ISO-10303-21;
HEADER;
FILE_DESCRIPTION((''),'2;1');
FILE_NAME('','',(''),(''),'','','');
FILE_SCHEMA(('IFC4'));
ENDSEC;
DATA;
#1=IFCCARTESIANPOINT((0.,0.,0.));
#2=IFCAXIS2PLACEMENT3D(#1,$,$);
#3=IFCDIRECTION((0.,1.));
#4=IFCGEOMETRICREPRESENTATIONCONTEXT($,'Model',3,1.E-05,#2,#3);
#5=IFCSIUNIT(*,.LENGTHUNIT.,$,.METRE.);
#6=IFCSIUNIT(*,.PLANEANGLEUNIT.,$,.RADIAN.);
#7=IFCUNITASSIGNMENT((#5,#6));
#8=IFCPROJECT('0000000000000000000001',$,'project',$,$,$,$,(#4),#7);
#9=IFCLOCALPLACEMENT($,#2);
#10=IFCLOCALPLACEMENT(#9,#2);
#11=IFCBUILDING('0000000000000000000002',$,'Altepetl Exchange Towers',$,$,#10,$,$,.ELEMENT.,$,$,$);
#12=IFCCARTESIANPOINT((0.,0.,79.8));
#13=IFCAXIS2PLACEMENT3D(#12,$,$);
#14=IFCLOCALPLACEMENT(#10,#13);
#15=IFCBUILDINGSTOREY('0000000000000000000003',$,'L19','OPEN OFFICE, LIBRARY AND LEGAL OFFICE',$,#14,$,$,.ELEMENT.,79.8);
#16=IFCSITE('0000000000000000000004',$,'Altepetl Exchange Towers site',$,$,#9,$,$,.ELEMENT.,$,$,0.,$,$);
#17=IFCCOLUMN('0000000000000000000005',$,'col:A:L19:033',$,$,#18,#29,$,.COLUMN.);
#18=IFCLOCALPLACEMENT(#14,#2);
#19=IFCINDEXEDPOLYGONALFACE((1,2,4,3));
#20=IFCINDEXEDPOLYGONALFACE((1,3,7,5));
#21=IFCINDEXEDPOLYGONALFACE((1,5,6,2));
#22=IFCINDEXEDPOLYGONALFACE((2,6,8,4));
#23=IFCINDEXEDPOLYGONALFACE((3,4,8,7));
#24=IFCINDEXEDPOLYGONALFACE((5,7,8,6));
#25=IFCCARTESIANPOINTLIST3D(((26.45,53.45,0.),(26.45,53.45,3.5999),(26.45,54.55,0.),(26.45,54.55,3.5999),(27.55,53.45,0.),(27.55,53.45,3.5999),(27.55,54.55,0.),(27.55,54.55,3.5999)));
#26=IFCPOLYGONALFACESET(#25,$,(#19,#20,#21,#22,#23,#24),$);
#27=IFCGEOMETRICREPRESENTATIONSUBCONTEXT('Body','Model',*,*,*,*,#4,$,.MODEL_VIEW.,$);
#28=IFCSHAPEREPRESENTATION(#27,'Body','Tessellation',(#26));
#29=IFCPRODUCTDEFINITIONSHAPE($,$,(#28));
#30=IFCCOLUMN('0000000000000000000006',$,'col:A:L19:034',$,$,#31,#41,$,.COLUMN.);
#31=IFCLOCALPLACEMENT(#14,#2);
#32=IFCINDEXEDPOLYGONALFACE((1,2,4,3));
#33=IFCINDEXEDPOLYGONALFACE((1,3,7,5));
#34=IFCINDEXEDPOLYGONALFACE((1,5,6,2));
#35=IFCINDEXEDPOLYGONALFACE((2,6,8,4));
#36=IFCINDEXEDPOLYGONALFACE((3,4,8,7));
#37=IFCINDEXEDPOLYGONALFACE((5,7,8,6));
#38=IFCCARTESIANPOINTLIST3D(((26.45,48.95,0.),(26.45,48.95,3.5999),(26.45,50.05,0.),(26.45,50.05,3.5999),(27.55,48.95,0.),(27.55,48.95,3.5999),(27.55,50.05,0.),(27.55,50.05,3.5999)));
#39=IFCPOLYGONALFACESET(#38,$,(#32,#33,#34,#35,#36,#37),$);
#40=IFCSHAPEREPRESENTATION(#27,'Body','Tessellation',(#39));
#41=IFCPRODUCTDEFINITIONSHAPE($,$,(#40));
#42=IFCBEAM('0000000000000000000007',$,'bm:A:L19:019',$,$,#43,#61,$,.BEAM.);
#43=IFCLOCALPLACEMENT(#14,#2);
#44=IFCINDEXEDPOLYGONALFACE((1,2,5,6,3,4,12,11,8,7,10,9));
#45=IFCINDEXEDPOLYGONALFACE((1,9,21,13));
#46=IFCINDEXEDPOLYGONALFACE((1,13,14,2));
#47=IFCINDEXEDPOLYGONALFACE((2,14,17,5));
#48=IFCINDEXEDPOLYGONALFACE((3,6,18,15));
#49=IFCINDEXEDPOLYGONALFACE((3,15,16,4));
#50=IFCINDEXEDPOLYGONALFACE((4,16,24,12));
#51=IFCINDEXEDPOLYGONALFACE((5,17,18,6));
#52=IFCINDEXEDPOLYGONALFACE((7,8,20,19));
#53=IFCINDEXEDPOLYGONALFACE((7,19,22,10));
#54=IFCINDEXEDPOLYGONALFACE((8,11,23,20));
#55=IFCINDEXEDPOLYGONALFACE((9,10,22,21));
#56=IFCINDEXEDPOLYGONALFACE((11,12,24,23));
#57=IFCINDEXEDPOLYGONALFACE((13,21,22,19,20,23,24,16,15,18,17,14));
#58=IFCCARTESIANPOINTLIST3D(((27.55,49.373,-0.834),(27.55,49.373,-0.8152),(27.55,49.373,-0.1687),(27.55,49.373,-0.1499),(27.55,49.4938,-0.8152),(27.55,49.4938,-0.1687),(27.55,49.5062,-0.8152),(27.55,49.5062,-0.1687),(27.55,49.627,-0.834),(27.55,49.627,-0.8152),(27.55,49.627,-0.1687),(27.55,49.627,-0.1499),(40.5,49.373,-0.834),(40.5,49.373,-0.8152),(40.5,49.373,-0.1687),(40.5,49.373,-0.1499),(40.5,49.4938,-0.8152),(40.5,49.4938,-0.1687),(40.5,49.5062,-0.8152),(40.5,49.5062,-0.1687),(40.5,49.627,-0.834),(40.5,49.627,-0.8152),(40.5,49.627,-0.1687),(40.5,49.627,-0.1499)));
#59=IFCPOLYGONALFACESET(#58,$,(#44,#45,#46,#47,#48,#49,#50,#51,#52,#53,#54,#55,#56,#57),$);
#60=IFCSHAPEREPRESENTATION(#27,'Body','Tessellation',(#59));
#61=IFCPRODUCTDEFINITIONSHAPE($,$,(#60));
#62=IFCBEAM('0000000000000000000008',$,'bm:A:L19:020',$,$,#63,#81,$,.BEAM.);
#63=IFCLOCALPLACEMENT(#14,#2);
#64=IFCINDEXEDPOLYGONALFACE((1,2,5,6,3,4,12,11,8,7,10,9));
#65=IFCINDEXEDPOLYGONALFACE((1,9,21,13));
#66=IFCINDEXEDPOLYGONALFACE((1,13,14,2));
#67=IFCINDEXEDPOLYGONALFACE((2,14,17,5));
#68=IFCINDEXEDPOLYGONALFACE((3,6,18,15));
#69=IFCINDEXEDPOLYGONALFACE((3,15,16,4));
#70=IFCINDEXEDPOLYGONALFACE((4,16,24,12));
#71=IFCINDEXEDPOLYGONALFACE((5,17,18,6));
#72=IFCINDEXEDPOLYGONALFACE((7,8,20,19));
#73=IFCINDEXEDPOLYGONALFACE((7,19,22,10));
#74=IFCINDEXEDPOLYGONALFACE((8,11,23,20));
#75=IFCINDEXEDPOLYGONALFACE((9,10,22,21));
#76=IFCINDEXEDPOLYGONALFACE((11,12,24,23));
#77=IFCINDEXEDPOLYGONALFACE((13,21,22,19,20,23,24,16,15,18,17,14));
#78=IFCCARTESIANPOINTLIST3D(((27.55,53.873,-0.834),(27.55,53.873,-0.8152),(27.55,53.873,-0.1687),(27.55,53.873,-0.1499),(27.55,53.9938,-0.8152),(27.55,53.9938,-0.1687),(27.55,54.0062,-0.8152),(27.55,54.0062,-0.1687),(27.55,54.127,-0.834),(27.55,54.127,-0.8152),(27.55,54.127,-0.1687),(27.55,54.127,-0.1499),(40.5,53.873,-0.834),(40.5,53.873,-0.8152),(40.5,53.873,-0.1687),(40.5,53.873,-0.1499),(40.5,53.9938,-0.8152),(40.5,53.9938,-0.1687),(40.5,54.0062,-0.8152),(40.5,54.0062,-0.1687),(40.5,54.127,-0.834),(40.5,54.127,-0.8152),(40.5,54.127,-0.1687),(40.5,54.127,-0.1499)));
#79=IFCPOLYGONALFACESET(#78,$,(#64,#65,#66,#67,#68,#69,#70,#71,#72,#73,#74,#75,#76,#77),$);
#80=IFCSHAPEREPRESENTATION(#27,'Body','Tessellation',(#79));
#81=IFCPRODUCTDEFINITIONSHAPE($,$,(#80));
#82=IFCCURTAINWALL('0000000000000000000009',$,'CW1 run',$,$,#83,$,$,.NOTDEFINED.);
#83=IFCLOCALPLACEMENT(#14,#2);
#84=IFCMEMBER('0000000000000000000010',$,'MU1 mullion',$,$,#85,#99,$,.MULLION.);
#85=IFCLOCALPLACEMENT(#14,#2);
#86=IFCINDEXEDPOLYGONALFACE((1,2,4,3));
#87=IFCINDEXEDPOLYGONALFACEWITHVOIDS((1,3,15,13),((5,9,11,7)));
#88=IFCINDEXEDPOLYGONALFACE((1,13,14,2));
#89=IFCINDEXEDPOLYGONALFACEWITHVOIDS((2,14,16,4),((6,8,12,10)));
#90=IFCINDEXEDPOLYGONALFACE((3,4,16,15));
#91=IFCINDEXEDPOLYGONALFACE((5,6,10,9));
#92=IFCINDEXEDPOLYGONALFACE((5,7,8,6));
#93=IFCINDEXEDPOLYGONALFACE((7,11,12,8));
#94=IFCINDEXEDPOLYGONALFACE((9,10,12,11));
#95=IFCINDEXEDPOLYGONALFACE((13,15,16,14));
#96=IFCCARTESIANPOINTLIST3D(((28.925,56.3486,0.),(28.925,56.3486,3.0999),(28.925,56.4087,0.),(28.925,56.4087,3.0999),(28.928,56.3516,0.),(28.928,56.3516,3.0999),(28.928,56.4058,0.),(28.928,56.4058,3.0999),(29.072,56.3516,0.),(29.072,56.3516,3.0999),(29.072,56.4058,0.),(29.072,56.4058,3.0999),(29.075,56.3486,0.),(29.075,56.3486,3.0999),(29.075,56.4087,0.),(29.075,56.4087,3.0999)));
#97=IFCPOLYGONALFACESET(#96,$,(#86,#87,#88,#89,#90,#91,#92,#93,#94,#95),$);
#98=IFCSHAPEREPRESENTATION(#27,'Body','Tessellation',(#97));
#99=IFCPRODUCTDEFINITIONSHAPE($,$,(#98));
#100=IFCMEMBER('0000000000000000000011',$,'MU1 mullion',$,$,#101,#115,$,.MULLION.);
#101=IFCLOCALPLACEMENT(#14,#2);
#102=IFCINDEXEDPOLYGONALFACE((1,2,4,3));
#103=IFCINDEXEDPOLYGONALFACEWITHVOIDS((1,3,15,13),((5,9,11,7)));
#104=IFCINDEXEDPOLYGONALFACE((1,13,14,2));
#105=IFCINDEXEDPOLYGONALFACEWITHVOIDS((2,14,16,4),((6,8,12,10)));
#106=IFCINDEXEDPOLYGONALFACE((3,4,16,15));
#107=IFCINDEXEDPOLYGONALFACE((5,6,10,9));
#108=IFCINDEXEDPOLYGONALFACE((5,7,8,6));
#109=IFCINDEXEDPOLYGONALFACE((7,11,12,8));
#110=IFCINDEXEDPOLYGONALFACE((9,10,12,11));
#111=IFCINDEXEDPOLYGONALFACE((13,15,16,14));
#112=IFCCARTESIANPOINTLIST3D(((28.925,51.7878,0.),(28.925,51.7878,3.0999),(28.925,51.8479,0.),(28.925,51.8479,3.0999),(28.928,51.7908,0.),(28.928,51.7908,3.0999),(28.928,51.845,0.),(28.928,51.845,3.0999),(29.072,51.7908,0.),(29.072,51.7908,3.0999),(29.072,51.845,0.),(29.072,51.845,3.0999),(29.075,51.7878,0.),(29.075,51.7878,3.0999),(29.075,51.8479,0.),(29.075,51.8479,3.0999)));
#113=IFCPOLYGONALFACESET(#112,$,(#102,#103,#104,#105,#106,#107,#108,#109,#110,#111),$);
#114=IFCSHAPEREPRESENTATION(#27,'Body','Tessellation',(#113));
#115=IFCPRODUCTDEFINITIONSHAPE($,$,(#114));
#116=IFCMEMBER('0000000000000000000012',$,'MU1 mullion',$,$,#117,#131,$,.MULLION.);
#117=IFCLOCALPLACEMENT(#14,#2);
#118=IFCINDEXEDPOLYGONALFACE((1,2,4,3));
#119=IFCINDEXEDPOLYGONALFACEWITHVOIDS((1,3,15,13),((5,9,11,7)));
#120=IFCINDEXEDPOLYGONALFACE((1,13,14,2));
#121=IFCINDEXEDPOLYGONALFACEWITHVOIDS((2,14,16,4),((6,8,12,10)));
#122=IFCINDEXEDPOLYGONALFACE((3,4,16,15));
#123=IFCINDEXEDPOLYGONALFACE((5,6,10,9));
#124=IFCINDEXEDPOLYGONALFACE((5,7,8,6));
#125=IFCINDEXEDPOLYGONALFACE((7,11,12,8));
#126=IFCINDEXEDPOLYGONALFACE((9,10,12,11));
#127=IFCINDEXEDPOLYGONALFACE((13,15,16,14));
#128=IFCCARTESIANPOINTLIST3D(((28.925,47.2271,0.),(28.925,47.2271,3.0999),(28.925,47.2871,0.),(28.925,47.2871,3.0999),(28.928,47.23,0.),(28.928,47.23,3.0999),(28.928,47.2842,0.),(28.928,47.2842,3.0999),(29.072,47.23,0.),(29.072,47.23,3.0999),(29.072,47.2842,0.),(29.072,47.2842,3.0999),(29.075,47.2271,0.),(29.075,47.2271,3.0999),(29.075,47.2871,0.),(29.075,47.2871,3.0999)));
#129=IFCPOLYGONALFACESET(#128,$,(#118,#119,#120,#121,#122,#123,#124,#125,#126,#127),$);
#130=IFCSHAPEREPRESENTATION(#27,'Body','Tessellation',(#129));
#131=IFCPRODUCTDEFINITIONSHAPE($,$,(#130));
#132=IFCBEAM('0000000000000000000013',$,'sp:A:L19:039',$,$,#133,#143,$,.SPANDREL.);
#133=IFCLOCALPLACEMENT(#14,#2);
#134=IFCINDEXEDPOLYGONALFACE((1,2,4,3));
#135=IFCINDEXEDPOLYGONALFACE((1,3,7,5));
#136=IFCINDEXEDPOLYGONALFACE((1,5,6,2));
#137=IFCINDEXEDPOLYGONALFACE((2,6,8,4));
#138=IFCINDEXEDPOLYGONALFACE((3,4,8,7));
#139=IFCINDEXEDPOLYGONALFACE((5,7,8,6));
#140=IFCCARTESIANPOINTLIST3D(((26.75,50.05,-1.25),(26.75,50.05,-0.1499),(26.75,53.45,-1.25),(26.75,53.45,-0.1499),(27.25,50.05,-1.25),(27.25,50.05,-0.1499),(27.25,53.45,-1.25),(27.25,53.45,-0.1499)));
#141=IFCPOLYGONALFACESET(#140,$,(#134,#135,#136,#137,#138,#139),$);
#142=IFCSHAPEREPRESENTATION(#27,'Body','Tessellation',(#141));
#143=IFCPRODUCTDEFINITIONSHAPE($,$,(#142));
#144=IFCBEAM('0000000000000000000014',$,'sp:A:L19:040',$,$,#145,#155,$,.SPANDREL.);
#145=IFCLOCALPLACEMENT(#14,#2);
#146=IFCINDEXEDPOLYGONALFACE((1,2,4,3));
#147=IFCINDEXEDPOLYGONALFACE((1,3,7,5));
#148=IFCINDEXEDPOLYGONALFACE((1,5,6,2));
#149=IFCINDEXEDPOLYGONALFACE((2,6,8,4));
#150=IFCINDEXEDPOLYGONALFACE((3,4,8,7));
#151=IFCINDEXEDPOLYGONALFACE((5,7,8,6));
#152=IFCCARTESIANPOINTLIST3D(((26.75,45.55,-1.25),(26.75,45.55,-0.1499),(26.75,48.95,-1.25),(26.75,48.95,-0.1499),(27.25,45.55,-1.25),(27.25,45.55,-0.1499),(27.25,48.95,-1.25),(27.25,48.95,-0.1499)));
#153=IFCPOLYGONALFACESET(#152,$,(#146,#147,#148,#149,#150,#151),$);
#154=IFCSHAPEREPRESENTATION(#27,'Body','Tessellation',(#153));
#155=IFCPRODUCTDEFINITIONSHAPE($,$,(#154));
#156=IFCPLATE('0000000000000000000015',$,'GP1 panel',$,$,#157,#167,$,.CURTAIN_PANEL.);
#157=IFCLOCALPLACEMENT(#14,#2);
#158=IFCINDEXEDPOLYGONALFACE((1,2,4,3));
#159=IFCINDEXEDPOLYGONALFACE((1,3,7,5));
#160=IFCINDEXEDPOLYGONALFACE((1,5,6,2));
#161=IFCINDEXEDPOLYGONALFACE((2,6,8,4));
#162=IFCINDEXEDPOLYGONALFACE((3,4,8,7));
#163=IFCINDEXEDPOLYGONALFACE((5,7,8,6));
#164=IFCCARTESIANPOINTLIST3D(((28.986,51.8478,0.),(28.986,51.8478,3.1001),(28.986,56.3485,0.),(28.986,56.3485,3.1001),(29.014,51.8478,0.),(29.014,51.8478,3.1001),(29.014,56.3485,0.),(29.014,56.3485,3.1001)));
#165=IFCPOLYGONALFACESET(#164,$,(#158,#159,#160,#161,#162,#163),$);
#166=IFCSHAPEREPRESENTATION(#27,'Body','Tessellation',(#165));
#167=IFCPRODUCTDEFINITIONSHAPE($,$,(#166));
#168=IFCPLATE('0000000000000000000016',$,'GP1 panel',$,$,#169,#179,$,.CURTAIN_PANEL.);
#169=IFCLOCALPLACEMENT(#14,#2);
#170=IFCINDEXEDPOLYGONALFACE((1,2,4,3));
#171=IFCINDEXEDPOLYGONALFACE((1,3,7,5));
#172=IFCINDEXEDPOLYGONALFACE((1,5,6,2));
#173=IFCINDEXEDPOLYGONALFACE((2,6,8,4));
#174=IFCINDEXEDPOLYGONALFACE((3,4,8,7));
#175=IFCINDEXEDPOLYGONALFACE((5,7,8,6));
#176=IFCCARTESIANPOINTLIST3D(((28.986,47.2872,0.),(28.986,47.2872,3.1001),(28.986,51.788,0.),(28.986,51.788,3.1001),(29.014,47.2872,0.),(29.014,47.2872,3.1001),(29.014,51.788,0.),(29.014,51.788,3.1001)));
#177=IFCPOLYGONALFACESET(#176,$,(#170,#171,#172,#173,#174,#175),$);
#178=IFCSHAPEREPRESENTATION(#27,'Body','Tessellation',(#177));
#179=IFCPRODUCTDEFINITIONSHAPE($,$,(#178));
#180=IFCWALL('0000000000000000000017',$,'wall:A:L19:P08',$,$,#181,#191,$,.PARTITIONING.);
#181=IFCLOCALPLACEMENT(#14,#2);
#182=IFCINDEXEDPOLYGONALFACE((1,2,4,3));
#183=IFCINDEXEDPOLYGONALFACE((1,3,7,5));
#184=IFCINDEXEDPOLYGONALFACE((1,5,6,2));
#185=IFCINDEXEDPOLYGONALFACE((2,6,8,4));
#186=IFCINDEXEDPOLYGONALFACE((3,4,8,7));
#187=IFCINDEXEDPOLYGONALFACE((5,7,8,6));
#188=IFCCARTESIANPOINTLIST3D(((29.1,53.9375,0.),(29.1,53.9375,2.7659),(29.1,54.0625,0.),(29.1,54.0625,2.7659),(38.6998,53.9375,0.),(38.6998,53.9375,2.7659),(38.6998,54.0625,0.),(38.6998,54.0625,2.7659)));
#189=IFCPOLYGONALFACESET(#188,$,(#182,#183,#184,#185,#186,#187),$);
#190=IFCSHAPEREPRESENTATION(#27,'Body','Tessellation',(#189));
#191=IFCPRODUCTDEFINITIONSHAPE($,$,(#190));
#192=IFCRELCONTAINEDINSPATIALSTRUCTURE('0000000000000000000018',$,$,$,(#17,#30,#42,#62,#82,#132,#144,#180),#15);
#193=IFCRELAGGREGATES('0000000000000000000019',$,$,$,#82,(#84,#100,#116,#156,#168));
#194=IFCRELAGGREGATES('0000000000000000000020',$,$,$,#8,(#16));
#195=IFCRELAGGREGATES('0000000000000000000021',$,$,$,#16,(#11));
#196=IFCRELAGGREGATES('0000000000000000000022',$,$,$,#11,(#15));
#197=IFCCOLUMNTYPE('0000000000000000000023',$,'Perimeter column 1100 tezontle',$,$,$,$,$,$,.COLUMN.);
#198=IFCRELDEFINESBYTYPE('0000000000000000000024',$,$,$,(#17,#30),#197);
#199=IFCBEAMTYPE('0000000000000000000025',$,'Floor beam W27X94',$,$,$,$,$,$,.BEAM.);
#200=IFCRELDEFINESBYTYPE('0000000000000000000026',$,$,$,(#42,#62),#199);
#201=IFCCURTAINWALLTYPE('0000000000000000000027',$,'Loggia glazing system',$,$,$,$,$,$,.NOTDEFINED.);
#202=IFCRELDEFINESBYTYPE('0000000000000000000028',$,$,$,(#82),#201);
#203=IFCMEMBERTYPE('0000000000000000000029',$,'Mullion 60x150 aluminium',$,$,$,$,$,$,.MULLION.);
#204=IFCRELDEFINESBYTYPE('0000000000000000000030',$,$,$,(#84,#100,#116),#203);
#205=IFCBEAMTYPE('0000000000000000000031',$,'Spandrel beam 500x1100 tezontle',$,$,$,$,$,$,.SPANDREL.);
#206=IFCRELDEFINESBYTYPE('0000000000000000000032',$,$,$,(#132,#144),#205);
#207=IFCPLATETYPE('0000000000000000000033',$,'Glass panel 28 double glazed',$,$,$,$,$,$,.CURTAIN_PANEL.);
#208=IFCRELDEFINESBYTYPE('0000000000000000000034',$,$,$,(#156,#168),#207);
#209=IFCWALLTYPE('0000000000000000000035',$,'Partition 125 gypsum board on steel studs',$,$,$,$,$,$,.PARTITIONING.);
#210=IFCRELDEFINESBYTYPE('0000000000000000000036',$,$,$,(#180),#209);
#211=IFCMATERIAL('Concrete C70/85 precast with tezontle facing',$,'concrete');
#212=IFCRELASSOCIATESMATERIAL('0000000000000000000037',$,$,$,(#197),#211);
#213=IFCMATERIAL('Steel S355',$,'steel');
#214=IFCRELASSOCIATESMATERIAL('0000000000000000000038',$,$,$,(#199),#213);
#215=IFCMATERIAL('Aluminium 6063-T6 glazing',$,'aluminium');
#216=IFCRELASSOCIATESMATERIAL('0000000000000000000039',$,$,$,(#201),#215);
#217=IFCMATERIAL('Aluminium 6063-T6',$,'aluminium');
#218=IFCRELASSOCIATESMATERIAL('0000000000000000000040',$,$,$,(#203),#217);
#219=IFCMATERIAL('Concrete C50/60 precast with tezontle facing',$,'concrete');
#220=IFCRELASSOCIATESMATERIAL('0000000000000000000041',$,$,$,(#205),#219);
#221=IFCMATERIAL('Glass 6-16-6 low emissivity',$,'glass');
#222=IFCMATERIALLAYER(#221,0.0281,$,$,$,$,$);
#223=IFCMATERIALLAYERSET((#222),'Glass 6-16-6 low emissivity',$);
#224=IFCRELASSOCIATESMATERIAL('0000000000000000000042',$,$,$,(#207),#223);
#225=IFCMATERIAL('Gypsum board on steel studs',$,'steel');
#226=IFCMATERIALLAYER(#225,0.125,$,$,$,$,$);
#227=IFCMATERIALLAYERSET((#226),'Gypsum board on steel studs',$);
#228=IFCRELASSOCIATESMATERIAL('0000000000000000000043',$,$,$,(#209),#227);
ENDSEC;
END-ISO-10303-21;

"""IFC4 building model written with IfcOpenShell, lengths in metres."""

from ifc_helpers import new_model, si_unit, direction, frame, frame_2d, origin, origin_2d, place, context, subcontext, project, spatial, rectangle, hollow_rectangle, i_section, extrude, material, layer, layer_set, material_profile, profile_set, type_object, element, aggregate, save


model = new_model("IFC4")

# Units and contexts
model_context = context("Model", 3, precision=1e-05, world=origin(), true_north=direction((0.0, 1.0)))
body_context = subcontext(model_context, "Body", "Model", "MODEL_VIEW")
ifc_project = project(units=[si_unit("LENGTHUNIT", "METRE"), si_unit("PLANEANGLEUNIT", "RADIAN")], contexts=[model_context])

# Site, building, storey
site_placement = place(None, origin())
site = spatial("IfcSite", under=ifc_project, at=site_placement, Name="Altepetl Exchange Towers site", CompositionType="ELEMENT", RefElevation=0.0)
building_placement = place(site_placement, origin())
building = spatial("IfcBuilding", under=site, at=building_placement, Name="Altepetl Exchange Towers", CompositionType="ELEMENT")
storey_placement = place(building_placement, frame((0.0, 0.0, 79.8)))
storey = spatial("IfcBuildingStorey", under=building, at=storey_placement, Name="L19", Description="OPEN OFFICE, LIBRARY AND LEGAL OFFICE", CompositionType="ELEMENT", Elevation=79.8)

# Columns
ifc_material_1 = material(Name="Concrete C70/85 precast with tezontle facing", Category="concrete")
ifc_material_profile_1 = material_profile(ifc_material_1, rectangle(XDim=1.1001, YDim=1.1001, at=origin_2d()), Name="1100 x 1100")
ifc_profile_set_1 = profile_set([ifc_material_profile_1], Name="Concrete C70/85 precast with tezontle facing")
column_type = type_object("IfcColumnType", Name="Perimeter column 1100 tezontle", PredefinedType="COLUMN", material=ifc_profile_set_1)
for number, where, name in (
    (1, (27.0, 54.0, 0.0), "col:A:L19:033"),
    (2, (27.0, 49.5, 0.0), "col:A:L19:034"),
):
    element("IfcColumn", number, at=place(storey_placement, frame(where)), inside=storey, type_object=column_type, Name=name, PredefinedType="COLUMN", context=body_context, shape_type="SweptSolid", body=[
        extrude(rectangle(XDim=1.1001, YDim=1.1001, at=origin_2d()), origin(), (0.0, 0.0, 1.0), 3.5999),
    ])

# Beams
ifc_material_2 = material(Name="Steel S355", Category="steel")
ifc_material_profile_2 = material_profile(ifc_material_2, i_section(OverallWidth=0.2539, OverallDepth=0.6841, WebThickness=0.0125, FlangeThickness=0.0188, at=origin_2d()), Name="W27X94")
ifc_profile_set_2 = profile_set([ifc_material_profile_2], Name="Steel S355")
beam_type_1 = type_object("IfcBeamType", Name="Floor beam W27X94", PredefinedType="BEAM", material=ifc_profile_set_2)
for number, where, z_axis, x_axis, name in (
    (3, (27.55, 49.5, -0.4919), (1.0, 0.0, 0.0), (0.0, 1.0, 0.0), "bm:A:L19:019"),
    (4, (27.55, 54.0, -0.4919), (1.0, 0.0, 0.0), (0.0, 1.0, 0.0), "bm:A:L19:020"),
):
    element("IfcBeam", number, at=place(storey_placement, frame(where, z_axis=z_axis, x_axis=x_axis)), inside=storey, type_object=beam_type_1, Name=name, PredefinedType="BEAM", context=body_context, shape_type="SweptSolid", body=[
        extrude(i_section(OverallWidth=0.2539, OverallDepth=0.6841, WebThickness=0.0125, FlangeThickness=0.0188, at=origin_2d()), origin(), (0.0, 0.0, 1.0), 12.95),
    ])

# Curtain wall, members
ifc_material_3 = material(Name="Aluminium 6063-T6 glazing", Category="aluminium")
curtain_wall_type = type_object("IfcCurtainWallType", Name="Loggia glazing system", PredefinedType="NOTDEFINED", material=ifc_material_3)
curtain_wall_placement = place(storey_placement, origin())
curtain_wall = element("IfcCurtainWall", 5, at=curtain_wall_placement, inside=storey, type_object=curtain_wall_type, Name="CW1 run", PredefinedType="NOTDEFINED")
ifc_material_4 = material(Name="Aluminium 6063-T6", Category="aluminium")
ifc_material_profile_3 = material_profile(ifc_material_4, hollow_rectangle(XDim=0.0601, YDim=0.1499, WallThickness=0.0029, at=origin_2d()), Name="Mullion 60x150 aluminium")
ifc_profile_set_3 = profile_set([ifc_material_profile_3], Name="Aluminium 6063-T6")
member_type = type_object("IfcMemberType", Name="Mullion 60x150 aluminium", PredefinedType="MULLION", material=ifc_profile_set_3)
member_1_placement = place(storey_placement, frame((29.0, 56.3787, 0.0), z_axis=(0.0, 0.0, 1.0), x_axis=(0.0, -1.0, 0.0)))
member_1 = element("IfcMember", 6, at=member_1_placement, type_object=member_type, Name="MU1 mullion", PredefinedType="MULLION", context=body_context, shape_type="SweptSolid", body=[
    extrude(hollow_rectangle(XDim=0.0601, YDim=0.1499, WallThickness=0.0029, at=origin_2d()), origin(), (0.0, 0.0, 1.0), 3.0999),
])
member_2_placement = place(storey_placement, frame((29.0, 51.8179, 0.0), z_axis=(0.0, 0.0, 1.0), x_axis=(0.0, -1.0, 0.0)))
member_2 = element("IfcMember", 7, at=member_2_placement, type_object=member_type, Name="MU1 mullion", PredefinedType="MULLION", context=body_context, shape_type="SweptSolid", body=[
    extrude(hollow_rectangle(XDim=0.0601, YDim=0.1499, WallThickness=0.0029, at=origin_2d()), origin(), (0.0, 0.0, 1.0), 3.0999),
])
member_3_placement = place(storey_placement, frame((29.0, 47.2571, 0.0), z_axis=(0.0, 0.0, 1.0), x_axis=(0.0, -1.0, 0.0)))
member_3 = element("IfcMember", 8, at=member_3_placement, type_object=member_type, Name="MU1 mullion", PredefinedType="MULLION", context=body_context, shape_type="SweptSolid", body=[
    extrude(hollow_rectangle(XDim=0.0601, YDim=0.1499, WallThickness=0.0029, at=origin_2d()), origin(), (0.0, 0.0, 1.0), 3.0999),
])

# Beams
ifc_material_5 = material(Name="Concrete C50/60 precast with tezontle facing", Category="concrete")
ifc_material_profile_4 = material_profile(ifc_material_5, rectangle(XDim=0.5, YDim=1.1001, at=origin_2d()), Name="500 x 1100")
ifc_profile_set_4 = profile_set([ifc_material_profile_4], Name="Concrete C50/60 precast with tezontle facing")
beam_type_2 = type_object("IfcBeamType", Name="Spandrel beam 500x1100 tezontle", PredefinedType="SPANDREL", material=ifc_profile_set_4)
for number, where, z_axis, x_axis, name in (
    (9, (27.0, 53.45, -0.7), (0.0, -1.0, 0.0), (1.0, 0.0, 0.0), "sp:A:L19:039"),
    (10, (27.0, 48.95, -0.7), (0.0, -1.0, 0.0), (1.0, 0.0, 0.0), "sp:A:L19:040"),
):
    element("IfcBeam", number, at=place(storey_placement, frame(where, z_axis=z_axis, x_axis=x_axis)), inside=storey, type_object=beam_type_2, Name=name, PredefinedType="SPANDREL", context=body_context, shape_type="SweptSolid", body=[
        extrude(rectangle(XDim=0.5, YDim=1.1001, at=origin_2d()), origin(), (0.0, 0.0, 1.0), 3.3999),
    ])

# Plates
ifc_material_6 = material(Name="Glass 6-16-6 low emissivity", Category="glass")
ifc_layer_1 = layer(ifc_material_6, 0.0281)
ifc_layer_set_1 = layer_set([ifc_layer_1], Name="Glass 6-16-6 low emissivity")
plate_type = type_object("IfcPlateType", Name="Glass panel 28 double glazed", PredefinedType="CURTAIN_PANEL", material=ifc_layer_set_1)
plate_1_placement = place(storey_placement, frame((29.0, 54.0981, 0.0), z_axis=(0.0, 0.0, 1.0), x_axis=(0.0, -1.0, 0.0)))
plate_1 = element("IfcPlate", 11, at=plate_1_placement, type_object=plate_type, Name="GP1 panel", PredefinedType="CURTAIN_PANEL", context=body_context, shape_type="SweptSolid", body=[
    extrude(rectangle(XDim=4.5007, YDim=0.0281, at=origin_2d()), origin(), (0.0, 0.0, 1.0), 3.1001),
])
plate_2_placement = place(storey_placement, frame((29.0, 49.5376, 0.0), z_axis=(0.0, 0.0, 1.0), x_axis=(0.0, -1.0, 0.0)))
plate_2 = element("IfcPlate", 12, at=plate_2_placement, type_object=plate_type, Name="GP1 panel", PredefinedType="CURTAIN_PANEL", context=body_context, shape_type="SweptSolid", body=[
    extrude(rectangle(XDim=4.5007, YDim=0.0281, at=origin_2d()), origin(), (0.0, 0.0, 1.0), 3.1001),
])
aggregate(curtain_wall, [member_1, member_2, member_3, plate_1, plate_2])

# Wall
ifc_material_7 = material(Name="Gypsum board on steel studs", Category="steel")
ifc_layer_2 = layer(ifc_material_7, 0.125)
ifc_layer_set_2 = layer_set([ifc_layer_2], Name="Gypsum board on steel studs")
wall_type_1 = type_object("IfcWallType", Name="Partition 125 gypsum board on steel studs", PredefinedType="PARTITIONING", material=ifc_layer_set_2)
wall_1_placement = place(storey_placement, frame((29.1001, 54.0, 0.0)))
element("IfcWall", 13, at=wall_1_placement, inside=storey, type_object=wall_type_1, Name="wall:A:L19:P08", PredefinedType="PARTITIONING", context=body_context, shape_type="SweptSolid", body=[
    extrude(rectangle(XDim=9.5999, YDim=0.125, at=frame_2d((4.7998, 0.0))), origin(), (0.0, 0.0, 1.0), 2.7659),
])

save(model, "model.ifc")
